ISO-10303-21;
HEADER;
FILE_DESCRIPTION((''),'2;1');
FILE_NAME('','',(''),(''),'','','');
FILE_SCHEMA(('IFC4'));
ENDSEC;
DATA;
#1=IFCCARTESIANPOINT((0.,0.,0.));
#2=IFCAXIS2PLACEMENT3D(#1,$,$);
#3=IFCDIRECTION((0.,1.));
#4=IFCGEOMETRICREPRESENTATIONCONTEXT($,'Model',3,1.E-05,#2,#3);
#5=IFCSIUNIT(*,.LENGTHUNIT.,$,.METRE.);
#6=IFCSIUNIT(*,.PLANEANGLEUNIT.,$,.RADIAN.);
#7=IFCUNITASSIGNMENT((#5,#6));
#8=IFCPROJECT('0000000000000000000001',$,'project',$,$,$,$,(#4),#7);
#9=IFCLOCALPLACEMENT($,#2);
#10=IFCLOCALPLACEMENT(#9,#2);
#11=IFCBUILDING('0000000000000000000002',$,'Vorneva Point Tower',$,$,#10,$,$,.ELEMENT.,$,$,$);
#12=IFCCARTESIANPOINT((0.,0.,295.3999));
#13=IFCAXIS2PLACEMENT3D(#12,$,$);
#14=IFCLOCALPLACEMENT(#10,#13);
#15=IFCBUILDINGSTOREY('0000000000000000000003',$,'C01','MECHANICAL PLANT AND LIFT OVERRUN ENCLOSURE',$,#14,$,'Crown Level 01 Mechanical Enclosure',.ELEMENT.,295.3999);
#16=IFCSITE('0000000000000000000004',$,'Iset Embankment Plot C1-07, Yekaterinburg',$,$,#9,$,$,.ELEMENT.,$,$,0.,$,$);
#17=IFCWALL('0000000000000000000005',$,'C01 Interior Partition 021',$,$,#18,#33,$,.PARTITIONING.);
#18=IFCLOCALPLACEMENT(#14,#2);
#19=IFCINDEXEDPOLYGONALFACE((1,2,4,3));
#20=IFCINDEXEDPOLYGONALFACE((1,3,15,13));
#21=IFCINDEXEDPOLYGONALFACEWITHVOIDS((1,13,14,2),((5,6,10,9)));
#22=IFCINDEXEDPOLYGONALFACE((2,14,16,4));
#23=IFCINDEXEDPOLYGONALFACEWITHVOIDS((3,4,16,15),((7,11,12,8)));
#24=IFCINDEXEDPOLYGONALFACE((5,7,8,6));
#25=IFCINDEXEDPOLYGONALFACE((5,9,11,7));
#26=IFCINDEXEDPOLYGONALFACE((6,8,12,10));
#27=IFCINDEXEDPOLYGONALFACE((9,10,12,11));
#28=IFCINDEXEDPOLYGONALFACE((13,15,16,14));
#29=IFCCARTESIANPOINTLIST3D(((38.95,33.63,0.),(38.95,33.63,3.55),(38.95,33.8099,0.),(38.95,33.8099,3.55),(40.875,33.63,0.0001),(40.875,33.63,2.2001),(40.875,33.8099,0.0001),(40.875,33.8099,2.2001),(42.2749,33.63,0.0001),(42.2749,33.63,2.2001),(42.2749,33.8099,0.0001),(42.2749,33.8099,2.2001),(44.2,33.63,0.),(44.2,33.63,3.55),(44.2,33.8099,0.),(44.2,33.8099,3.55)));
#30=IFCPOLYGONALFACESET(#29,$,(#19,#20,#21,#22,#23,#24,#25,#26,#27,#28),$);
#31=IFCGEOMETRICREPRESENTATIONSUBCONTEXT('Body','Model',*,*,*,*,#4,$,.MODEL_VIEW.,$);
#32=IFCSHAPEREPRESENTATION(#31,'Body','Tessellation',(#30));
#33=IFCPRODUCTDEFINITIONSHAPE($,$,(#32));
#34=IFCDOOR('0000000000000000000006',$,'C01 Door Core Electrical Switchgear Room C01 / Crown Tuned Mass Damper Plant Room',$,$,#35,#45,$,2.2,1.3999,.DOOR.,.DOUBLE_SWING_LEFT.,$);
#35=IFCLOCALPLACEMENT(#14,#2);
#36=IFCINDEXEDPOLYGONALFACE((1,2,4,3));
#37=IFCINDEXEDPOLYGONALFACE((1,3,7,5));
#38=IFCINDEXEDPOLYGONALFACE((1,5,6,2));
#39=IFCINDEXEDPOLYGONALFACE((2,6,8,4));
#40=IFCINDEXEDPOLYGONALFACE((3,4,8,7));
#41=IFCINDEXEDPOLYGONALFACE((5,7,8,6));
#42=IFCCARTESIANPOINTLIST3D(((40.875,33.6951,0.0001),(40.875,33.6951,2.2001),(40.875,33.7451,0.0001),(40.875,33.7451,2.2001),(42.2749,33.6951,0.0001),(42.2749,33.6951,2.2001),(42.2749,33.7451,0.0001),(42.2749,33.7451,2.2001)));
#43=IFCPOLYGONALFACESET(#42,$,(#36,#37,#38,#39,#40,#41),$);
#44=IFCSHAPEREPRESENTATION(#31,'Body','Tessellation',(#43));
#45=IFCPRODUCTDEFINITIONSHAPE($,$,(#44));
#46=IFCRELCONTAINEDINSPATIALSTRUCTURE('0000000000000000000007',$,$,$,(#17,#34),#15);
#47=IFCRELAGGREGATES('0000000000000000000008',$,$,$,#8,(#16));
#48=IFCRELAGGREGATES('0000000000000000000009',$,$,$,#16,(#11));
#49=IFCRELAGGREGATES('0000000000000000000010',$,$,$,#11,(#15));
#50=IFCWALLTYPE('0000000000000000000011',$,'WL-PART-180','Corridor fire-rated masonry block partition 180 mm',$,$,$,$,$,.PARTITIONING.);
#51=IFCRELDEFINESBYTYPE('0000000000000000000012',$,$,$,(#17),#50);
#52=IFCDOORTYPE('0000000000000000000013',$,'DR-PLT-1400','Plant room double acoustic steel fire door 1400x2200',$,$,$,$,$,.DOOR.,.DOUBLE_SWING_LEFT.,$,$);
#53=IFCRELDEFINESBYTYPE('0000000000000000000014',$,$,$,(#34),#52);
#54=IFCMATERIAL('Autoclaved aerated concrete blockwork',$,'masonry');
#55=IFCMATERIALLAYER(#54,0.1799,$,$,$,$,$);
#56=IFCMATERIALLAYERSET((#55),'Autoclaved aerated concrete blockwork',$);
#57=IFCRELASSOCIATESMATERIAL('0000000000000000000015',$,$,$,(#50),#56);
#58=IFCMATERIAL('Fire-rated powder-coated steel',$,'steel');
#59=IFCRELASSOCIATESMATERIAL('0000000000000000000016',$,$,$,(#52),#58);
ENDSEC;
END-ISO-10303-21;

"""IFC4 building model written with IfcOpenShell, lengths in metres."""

from ifc_helpers import new_model, si_unit, direction, frame, frame_2d, origin, place, context, subcontext, project, spatial, rectangle, extrude, material, layer, layer_set, type_object, element, fill, save


model = new_model("IFC4")

# Units and contexts
model_context = context("Model", 3, precision=1e-05, world=origin(), true_north=direction((0.0, 1.0)))
body_context = subcontext(model_context, "Body", "Model", "MODEL_VIEW")
ifc_project = project(units=[si_unit("LENGTHUNIT", "METRE"), si_unit("PLANEANGLEUNIT", "RADIAN")], contexts=[model_context])

# Site, building, storey
site_placement = place(None, origin())
site = spatial("IfcSite", under=ifc_project, at=site_placement, Name="Iset Embankment Plot C1-07, Yekaterinburg", CompositionType="ELEMENT", RefElevation=0.0)
building_placement = place(site_placement, origin())
building = spatial("IfcBuilding", under=site, at=building_placement, Name="Vorneva Point Tower", CompositionType="ELEMENT")
storey_placement = place(building_placement, frame((0.0, 0.0, 295.3999)))
storey = spatial("IfcBuildingStorey", under=building, at=storey_placement, Name="C01", Description="MECHANICAL PLANT AND LIFT OVERRUN ENCLOSURE", LongName="Crown Level 01 Mechanical Enclosure", CompositionType="ELEMENT", Elevation=295.3999)

# Wall, opening, door
ifc_material_1 = material(Name="Autoclaved aerated concrete blockwork", Category="masonry")
ifc_layer_1 = layer(ifc_material_1, 0.1799)
ifc_layer_set_1 = layer_set([ifc_layer_1], Name="Autoclaved aerated concrete blockwork")
wall_type_1 = type_object("IfcWallType", Name="WL-PART-180", Description="Corridor fire-rated masonry block partition 180 mm", PredefinedType="PARTITIONING", material=ifc_layer_set_1)
wall_placement = place(storey_placement, frame((44.2, 33.72, 0.0), z_axis=(0.0, 0.0, 1.0), x_axis=(-1.0, 0.0, 0.0)))
wall = element("IfcWall", 1, at=wall_placement, inside=storey, type_object=wall_type_1, Name="C01 Interior Partition 021", PredefinedType="PARTITIONING", context=body_context, shape_type="SweptSolid", body=[
    extrude(rectangle(XDim=5.25, YDim=0.1799, at=frame_2d((2.625, 0.0))), origin(), (0.0, 0.0, 1.0), 3.55),
])
opening_placement = place(wall_placement, frame((1.925, 0.0, 0.0)))
opening = element("IfcOpeningElement", 2, at=opening_placement, cuts=wall, PredefinedType="OPENING", context=body_context, shape_type="SweptSolid", body=[
    extrude(rectangle(XDim=1.3999, YDim=2.2, at=frame_2d((0.7, 1.1001))), frame((0.0, 0.105, 0.0), z_axis=(0.0, -1.0, 0.0), x_axis=(1.0, 0.0, 0.0)), (0.0, 0.0, 1.0), 0.2097),
])
ifc_material_2 = material(Name="Fire-rated powder-coated steel", Category="steel")
door_type = type_object("IfcDoorType", Name="DR-PLT-1400", Description="Plant room double acoustic steel fire door 1400x2200", OperationType="DOUBLE_SWING_LEFT", PredefinedType="DOOR", material=ifc_material_2)
door_placement = place(opening_placement, origin())
door = element("IfcDoor", 3, at=door_placement, inside=storey, type_object=door_type, Name="C01 Door Core Electrical Switchgear Room C01 / Crown Tuned Mass Damper Plant Room", OperationType="DOUBLE_SWING_LEFT", OverallHeight=2.2, OverallWidth=1.3999, PredefinedType="DOOR", context=body_context, shape_type="SweptSolid", body=[
    extrude(rectangle(XDim=1.3999, YDim=2.2, at=frame_2d((0.7, 1.1001))), frame((0.0, 0.0249, 0.0), z_axis=(0.0, -1.0, 0.0), x_axis=(1.0, 0.0, 0.0)), (0.0, 0.0, 1.0), 0.05),
])
fill(opening, door)

save(model, "model.ifc")
